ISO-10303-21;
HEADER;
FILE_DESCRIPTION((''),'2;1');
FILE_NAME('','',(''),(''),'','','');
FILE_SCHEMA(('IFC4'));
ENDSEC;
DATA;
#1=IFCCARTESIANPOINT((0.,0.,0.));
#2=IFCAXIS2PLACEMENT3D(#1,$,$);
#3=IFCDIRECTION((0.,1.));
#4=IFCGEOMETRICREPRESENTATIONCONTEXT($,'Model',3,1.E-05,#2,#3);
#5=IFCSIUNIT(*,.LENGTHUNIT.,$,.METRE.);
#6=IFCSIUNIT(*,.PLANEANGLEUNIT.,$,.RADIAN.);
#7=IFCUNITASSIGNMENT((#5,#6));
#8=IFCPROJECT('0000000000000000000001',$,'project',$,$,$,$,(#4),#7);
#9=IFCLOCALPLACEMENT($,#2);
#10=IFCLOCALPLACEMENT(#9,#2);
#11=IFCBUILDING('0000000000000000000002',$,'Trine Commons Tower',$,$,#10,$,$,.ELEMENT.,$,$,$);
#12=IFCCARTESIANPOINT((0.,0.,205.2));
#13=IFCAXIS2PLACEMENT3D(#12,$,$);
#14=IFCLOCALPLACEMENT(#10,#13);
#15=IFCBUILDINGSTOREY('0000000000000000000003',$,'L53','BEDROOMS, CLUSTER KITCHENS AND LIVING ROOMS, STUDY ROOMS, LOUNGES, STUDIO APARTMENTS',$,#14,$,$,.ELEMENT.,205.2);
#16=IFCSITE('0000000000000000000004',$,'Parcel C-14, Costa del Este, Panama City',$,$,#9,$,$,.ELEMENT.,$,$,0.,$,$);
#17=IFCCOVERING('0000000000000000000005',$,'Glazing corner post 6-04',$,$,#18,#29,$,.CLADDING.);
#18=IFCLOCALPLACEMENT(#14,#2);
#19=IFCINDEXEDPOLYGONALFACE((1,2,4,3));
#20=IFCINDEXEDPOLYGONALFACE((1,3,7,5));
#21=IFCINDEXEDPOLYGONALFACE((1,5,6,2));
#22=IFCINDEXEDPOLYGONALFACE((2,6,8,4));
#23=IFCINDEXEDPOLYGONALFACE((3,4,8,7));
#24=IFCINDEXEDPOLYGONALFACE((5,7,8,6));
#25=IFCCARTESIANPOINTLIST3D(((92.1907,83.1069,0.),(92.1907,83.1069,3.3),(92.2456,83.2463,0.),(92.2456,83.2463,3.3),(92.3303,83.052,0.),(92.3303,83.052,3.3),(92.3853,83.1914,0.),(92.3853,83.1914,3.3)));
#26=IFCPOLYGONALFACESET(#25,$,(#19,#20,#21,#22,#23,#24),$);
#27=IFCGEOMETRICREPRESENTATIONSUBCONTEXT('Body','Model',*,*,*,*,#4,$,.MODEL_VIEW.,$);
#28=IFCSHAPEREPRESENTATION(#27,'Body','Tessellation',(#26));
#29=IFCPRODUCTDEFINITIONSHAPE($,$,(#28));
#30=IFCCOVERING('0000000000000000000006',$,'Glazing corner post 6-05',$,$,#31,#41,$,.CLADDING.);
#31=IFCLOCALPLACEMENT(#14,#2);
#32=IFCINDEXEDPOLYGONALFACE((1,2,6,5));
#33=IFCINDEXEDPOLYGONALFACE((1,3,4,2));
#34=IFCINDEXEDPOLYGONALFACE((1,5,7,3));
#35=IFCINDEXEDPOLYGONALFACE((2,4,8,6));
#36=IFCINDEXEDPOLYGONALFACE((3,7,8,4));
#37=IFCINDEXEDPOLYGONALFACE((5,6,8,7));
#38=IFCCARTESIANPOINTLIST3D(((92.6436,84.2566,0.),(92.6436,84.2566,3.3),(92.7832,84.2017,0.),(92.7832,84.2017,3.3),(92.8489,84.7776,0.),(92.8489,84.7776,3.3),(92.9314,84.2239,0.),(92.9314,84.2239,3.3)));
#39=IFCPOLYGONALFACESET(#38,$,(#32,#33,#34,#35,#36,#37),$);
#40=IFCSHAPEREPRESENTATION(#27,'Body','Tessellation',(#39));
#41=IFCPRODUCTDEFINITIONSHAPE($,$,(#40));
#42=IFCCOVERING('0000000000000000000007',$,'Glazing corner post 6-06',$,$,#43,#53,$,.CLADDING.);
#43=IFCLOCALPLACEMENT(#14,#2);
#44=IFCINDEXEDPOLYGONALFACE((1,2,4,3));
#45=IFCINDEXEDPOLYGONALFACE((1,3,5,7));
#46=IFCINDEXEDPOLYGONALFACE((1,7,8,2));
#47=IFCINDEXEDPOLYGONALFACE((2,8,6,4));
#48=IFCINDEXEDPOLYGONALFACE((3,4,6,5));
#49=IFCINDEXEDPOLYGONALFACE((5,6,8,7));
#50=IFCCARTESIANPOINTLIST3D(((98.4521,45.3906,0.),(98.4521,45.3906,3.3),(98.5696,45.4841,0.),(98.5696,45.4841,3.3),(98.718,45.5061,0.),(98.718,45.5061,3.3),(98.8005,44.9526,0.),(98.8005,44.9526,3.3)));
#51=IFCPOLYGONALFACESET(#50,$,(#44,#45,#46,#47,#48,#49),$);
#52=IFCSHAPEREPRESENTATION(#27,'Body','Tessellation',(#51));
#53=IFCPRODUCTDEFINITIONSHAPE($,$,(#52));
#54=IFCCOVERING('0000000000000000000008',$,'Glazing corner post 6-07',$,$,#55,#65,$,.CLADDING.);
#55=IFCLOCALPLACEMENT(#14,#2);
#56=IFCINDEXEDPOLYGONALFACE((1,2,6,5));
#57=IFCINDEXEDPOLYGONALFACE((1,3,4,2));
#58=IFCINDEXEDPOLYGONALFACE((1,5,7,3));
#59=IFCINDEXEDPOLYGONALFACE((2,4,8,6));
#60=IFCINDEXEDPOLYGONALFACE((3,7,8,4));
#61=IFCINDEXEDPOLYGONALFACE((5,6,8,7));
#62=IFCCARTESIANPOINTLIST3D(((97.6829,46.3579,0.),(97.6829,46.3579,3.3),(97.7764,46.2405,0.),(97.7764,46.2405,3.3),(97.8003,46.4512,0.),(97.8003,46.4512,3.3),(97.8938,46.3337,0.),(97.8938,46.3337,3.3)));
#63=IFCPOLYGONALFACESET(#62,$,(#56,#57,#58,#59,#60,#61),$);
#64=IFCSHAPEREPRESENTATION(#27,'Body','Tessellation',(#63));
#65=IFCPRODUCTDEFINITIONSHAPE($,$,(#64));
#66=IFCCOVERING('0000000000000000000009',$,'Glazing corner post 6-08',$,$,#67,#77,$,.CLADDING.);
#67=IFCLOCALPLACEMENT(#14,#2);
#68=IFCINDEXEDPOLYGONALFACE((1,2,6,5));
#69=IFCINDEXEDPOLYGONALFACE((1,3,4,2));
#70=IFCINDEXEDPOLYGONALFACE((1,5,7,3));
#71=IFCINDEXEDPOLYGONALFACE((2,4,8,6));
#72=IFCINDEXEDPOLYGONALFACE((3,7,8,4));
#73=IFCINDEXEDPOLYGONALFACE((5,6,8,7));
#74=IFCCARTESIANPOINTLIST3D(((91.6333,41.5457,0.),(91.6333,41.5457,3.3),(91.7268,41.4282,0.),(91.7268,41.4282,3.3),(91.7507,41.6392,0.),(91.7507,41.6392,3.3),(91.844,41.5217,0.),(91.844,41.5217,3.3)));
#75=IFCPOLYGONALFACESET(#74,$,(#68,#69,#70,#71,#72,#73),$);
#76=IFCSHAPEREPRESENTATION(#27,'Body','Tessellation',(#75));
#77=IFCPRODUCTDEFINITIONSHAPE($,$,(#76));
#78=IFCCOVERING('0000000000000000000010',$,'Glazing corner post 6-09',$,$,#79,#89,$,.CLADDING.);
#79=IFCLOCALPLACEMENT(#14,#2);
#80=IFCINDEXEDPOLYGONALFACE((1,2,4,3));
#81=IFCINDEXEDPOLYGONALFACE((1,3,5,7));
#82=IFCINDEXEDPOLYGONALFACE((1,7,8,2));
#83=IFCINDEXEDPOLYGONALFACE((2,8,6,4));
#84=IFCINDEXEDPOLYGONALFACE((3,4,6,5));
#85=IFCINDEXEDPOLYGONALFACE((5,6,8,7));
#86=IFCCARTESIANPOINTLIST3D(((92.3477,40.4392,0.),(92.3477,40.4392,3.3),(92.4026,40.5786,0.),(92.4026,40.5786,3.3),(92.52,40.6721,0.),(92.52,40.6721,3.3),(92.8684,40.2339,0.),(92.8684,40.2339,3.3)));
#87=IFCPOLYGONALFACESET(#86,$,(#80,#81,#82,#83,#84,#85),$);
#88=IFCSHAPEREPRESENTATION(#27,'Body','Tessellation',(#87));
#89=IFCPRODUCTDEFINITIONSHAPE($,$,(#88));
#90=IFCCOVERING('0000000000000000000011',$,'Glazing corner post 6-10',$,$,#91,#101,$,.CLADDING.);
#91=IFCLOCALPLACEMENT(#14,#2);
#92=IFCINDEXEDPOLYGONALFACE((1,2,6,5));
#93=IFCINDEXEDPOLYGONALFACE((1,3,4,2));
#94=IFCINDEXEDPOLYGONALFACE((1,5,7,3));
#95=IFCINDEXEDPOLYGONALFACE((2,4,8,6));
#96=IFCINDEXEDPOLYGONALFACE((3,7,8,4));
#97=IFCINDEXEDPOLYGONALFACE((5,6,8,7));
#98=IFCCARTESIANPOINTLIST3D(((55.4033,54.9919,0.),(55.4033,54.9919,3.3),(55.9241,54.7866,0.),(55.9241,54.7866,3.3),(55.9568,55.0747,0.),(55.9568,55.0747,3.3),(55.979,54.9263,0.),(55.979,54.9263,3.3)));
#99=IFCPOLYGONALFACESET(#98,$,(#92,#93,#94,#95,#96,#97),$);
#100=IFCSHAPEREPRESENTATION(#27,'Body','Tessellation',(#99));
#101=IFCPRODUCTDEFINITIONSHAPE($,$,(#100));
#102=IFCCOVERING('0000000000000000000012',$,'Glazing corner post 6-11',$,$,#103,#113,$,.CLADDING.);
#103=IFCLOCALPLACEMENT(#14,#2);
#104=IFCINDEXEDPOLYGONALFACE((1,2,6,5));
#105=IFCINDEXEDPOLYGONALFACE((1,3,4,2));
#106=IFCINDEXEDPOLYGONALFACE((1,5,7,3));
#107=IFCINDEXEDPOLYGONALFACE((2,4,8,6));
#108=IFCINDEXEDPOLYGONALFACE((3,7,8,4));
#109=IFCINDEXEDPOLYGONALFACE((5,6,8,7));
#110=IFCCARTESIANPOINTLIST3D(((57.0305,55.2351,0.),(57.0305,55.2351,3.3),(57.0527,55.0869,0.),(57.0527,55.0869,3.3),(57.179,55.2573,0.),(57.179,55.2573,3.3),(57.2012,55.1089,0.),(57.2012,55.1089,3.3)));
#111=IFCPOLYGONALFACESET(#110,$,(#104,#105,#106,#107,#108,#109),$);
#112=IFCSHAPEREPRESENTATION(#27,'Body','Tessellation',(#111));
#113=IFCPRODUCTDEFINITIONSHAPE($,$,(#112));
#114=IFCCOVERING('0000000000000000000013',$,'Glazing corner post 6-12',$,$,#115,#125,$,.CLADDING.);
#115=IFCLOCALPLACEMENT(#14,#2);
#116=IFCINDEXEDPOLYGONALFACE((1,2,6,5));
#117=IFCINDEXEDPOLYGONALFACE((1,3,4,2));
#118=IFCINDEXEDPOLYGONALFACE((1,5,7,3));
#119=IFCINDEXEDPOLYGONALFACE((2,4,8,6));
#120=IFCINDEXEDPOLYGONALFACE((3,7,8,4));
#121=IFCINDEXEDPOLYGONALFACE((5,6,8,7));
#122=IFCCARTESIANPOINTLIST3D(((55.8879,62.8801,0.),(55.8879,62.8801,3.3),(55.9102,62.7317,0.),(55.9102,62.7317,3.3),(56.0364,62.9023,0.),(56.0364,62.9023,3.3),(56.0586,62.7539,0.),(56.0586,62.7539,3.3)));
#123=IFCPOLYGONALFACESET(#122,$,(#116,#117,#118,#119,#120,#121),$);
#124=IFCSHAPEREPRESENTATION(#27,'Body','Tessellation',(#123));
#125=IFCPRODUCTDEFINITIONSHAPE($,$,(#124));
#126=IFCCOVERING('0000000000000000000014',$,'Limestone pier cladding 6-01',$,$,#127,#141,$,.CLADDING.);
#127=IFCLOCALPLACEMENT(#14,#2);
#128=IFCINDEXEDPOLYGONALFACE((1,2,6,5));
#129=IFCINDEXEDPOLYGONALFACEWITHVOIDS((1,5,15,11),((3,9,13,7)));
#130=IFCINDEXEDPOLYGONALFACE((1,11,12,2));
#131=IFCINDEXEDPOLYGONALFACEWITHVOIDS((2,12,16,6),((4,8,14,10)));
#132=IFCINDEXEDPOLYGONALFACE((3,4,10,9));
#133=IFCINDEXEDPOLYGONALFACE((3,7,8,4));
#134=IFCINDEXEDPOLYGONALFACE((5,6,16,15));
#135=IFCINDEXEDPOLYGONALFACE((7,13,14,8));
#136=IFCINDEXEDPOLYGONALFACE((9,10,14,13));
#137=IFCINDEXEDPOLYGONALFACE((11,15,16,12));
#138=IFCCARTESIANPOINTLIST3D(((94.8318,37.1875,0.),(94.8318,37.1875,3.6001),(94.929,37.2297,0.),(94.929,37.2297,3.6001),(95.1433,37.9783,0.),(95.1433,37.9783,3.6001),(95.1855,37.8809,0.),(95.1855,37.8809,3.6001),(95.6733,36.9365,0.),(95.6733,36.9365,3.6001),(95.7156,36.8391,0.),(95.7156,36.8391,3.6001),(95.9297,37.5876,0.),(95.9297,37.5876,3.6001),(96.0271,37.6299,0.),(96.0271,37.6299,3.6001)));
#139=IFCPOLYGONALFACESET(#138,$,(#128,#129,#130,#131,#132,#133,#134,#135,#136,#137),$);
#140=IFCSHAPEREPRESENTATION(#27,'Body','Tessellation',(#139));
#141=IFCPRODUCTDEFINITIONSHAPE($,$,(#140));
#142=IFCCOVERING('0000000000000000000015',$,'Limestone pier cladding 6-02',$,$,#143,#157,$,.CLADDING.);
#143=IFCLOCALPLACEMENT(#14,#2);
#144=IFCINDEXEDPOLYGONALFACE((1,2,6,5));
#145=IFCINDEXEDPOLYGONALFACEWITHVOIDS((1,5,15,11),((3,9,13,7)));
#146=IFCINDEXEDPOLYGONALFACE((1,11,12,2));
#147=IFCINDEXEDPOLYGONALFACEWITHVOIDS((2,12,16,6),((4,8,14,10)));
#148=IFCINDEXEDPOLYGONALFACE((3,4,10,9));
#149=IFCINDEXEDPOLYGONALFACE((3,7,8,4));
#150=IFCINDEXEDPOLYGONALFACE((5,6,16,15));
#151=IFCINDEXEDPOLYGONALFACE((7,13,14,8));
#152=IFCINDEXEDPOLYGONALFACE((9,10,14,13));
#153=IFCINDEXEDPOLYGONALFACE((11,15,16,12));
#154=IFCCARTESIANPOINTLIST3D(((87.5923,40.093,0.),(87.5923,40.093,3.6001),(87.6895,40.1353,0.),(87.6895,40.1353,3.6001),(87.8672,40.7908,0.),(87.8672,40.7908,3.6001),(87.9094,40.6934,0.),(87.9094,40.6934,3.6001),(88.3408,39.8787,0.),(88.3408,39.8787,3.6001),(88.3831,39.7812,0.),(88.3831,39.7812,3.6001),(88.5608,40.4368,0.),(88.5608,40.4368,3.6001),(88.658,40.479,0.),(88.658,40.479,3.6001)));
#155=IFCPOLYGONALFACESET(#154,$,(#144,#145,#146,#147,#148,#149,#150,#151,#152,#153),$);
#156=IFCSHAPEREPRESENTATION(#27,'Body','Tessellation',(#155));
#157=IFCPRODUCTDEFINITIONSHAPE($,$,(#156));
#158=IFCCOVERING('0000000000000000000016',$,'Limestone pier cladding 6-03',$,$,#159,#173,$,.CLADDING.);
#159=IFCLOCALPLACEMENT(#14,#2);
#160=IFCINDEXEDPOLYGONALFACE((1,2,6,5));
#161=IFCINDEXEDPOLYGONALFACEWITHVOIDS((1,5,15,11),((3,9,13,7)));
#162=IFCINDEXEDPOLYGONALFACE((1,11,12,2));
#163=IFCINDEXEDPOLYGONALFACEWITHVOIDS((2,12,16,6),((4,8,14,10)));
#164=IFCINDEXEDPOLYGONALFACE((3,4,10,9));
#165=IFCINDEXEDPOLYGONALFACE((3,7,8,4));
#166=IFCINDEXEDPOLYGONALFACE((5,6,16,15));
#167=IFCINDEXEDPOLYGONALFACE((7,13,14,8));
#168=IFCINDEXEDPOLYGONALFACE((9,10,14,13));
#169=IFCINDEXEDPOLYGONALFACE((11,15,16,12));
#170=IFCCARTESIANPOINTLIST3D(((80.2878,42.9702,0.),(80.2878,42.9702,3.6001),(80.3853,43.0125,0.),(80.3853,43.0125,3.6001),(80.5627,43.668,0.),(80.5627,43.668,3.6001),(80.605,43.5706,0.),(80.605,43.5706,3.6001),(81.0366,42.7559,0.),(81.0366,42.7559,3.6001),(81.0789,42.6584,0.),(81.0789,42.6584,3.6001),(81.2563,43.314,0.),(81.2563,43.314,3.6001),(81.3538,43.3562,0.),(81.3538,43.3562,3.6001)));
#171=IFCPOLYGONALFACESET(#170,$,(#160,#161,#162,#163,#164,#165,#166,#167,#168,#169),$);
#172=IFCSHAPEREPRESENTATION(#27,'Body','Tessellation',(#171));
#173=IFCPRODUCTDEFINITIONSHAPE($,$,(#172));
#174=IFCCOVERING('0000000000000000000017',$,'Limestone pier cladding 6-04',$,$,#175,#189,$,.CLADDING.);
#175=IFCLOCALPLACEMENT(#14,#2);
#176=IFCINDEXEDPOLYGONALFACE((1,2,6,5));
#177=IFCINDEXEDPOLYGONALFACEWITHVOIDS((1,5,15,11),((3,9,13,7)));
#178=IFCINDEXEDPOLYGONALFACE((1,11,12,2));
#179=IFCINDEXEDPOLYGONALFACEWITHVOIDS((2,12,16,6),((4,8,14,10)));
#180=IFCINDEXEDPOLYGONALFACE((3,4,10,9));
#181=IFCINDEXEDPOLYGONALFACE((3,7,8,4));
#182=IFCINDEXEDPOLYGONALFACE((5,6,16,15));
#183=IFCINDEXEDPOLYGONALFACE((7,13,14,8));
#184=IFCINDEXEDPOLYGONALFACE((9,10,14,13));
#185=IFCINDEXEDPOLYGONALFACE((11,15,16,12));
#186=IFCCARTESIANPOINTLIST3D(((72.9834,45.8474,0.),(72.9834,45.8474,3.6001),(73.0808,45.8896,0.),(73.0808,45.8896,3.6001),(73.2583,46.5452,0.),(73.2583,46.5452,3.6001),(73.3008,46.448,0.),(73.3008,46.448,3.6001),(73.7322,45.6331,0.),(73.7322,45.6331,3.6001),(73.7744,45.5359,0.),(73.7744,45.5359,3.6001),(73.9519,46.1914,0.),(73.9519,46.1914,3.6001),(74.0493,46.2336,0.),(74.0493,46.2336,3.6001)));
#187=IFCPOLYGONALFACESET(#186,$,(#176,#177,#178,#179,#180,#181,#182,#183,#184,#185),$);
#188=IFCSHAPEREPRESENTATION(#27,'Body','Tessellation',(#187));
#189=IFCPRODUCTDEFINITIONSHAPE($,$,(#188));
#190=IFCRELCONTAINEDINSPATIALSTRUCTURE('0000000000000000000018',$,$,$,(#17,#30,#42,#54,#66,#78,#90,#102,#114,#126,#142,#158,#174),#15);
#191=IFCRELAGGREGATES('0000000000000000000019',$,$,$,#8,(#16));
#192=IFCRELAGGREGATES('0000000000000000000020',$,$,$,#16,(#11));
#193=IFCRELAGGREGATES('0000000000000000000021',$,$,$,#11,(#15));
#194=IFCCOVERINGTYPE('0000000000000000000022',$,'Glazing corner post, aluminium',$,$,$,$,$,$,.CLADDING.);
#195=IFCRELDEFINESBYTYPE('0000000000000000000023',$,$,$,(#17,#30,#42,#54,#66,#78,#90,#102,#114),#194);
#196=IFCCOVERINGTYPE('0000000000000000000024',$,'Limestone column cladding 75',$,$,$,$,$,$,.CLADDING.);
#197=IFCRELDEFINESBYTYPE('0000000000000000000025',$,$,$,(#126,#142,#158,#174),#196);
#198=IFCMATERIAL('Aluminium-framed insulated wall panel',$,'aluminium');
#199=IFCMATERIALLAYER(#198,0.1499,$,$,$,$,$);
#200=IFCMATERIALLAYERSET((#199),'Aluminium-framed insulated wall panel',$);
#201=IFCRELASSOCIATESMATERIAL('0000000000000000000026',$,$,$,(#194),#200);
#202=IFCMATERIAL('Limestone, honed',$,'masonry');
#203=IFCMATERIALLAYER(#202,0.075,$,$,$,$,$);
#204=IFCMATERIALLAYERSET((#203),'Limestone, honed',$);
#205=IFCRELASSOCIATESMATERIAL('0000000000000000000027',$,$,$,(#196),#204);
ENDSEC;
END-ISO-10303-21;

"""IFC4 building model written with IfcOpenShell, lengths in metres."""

from ifc_helpers import new_model, si_unit, direction, frame, origin, place, context, subcontext, project, spatial, polyline, outline, extrude, material, layer, layer_set, type_object, element, save


model = new_model("IFC4")

# Units and contexts
model_context = context("Model", 3, precision=1e-05, world=origin(), true_north=direction((0.0, 1.0)))
body_context = subcontext(model_context, "Body", "Model", "MODEL_VIEW")
ifc_project = project(units=[si_unit("LENGTHUNIT", "METRE"), si_unit("PLANEANGLEUNIT", "RADIAN")], contexts=[model_context])

# Site, building, storey
site_placement = place(None, origin())
site = spatial("IfcSite", under=ifc_project, at=site_placement, Name="Parcel C-14, Costa del Este, Panama City", CompositionType="ELEMENT", RefElevation=0.0)
building_placement = place(site_placement, origin())
building = spatial("IfcBuilding", under=site, at=building_placement, Name="Trine Commons Tower", CompositionType="ELEMENT")
storey_placement = place(building_placement, frame((0.0, 0.0, 205.2)))
storey = spatial("IfcBuildingStorey", under=building, at=storey_placement, Name="L53", Description="BEDROOMS, CLUSTER KITCHENS AND LIVING ROOMS, STUDY ROOMS, LOUNGES, STUDIO APARTMENTS", CompositionType="ELEMENT", Elevation=205.2)

# Coverings
ifc_material_1 = material(Name="Aluminium-framed insulated wall panel", Category="aluminium")
ifc_layer_1 = layer(ifc_material_1, 0.1499)
ifc_layer_set_1 = layer_set([ifc_layer_1], Name="Aluminium-framed insulated wall panel")
covering_type_1 = type_object("IfcCoveringType", Name="Glazing corner post, aluminium", PredefinedType="CLADDING", material=ifc_layer_set_1)
covering_1_placement = place(storey_placement, origin())
element("IfcCovering", 1, at=covering_1_placement, inside=storey, type_object=covering_type_1, Name="Glazing corner post 6-04", PredefinedType="CLADDING", context=body_context, shape_type="SweptSolid", body=[
    extrude(outline(polyline([(92.1907, 83.1069), (92.3303, 83.052), (92.3853, 83.1914), (92.2456, 83.2463), (92.1907, 83.1069)])), origin(), (0.0, 0.0, 1.0), 3.3),
])
covering_2_placement = place(storey_placement, origin())
element("IfcCovering", 2, at=covering_2_placement, inside=storey, type_object=covering_type_1, Name="Glazing corner post 6-05", PredefinedType="CLADDING", context=body_context, shape_type="SweptSolid", body=[
    extrude(outline(polyline([(92.6436, 84.2566), (92.7832, 84.2017), (92.9314, 84.2239), (92.8489, 84.7776), (92.6436, 84.2566)])), origin(), (0.0, 0.0, 1.0), 3.3),
])
covering_3_placement = place(storey_placement, origin())
element("IfcCovering", 3, at=covering_3_placement, inside=storey, type_object=covering_type_1, Name="Glazing corner post 6-06", PredefinedType="CLADDING", context=body_context, shape_type="SweptSolid", body=[
    extrude(outline(polyline([(98.4521, 45.3906), (98.8005, 44.9526), (98.718, 45.5061), (98.5696, 45.4841), (98.4521, 45.3906)])), origin(), (0.0, 0.0, 1.0), 3.3),
])
covering_4_placement = place(storey_placement, origin())
element("IfcCovering", 4, at=covering_4_placement, inside=storey, type_object=covering_type_1, Name="Glazing corner post 6-07", PredefinedType="CLADDING", context=body_context, shape_type="SweptSolid", body=[
    extrude(outline(polyline([(97.6829, 46.3579), (97.7764, 46.2405), (97.7764, 46.2405), (97.8938, 46.3337), (97.8003, 46.4512), (97.8003, 46.4512), (97.6829, 46.3579)])), origin(), (0.0, 0.0, 1.0), 3.3),
])
covering_5_placement = place(storey_placement, origin())
element("IfcCovering", 5, at=covering_5_placement, inside=storey, type_object=covering_type_1, Name="Glazing corner post 6-08", PredefinedType="CLADDING", context=body_context, shape_type="SweptSolid", body=[
    extrude(outline(polyline([(91.7268, 41.4282), (91.844, 41.5217), (91.7507, 41.6392), (91.6333, 41.5457), (91.7268, 41.4282)])), origin(), (0.0, 0.0, 1.0), 3.3),
])
covering_6_placement = place(storey_placement, origin())
element("IfcCovering", 6, at=covering_6_placement, inside=storey, type_object=covering_type_1, Name="Glazing corner post 6-09", PredefinedType="CLADDING", context=body_context, shape_type="SweptSolid", body=[
    extrude(outline(polyline([(92.3477, 40.4392), (92.8684, 40.2339), (92.52, 40.6721), (92.4026, 40.5786), (92.3477, 40.4392)])), origin(), (0.0, 0.0, 1.0), 3.3),
])
covering_7_placement = place(storey_placement, origin())
element("IfcCovering", 7, at=covering_7_placement, inside=storey, type_object=covering_type_1, Name="Glazing corner post 6-10", PredefinedType="CLADDING", context=body_context, shape_type="SweptSolid", body=[
    extrude(outline(polyline([(55.9241, 54.7866), (55.979, 54.9263), (55.9568, 55.0747), (55.4033, 54.9919), (55.9241, 54.7866)])), origin(), (0.0, 0.0, 1.0), 3.3),
])
covering_8_placement = place(storey_placement, origin())
element("IfcCovering", 8, at=covering_8_placement, inside=storey, type_object=covering_type_1, Name="Glazing corner post 6-11", PredefinedType="CLADDING", context=body_context, shape_type="SweptSolid", body=[
    extrude(outline(polyline([(57.0305, 55.2351), (57.0527, 55.0869), (57.2012, 55.1089), (57.179, 55.2573), (57.0305, 55.2351)])), origin(), (0.0, 0.0, 1.0), 3.3),
])
covering_9_placement = place(storey_placement, origin())
element("IfcCovering", 9, at=covering_9_placement, inside=storey, type_object=covering_type_1, Name="Glazing corner post 6-12", PredefinedType="CLADDING", context=body_context, shape_type="SweptSolid", body=[
    extrude(outline(polyline([(55.9102, 62.7317), (55.9102, 62.7317), (56.0586, 62.7539), (56.0364, 62.9023), (55.8879, 62.8801), (55.9102, 62.7317)])), origin(), (0.0, 0.0, 1.0), 3.3),
])
ifc_material_2 = material(Name="Limestone, honed", Category="masonry")
ifc_layer_2 = layer(ifc_material_2, 0.075)
ifc_layer_set_2 = layer_set([ifc_layer_2], Name="Limestone, honed")
covering_type_2 = type_object("IfcCoveringType", Name="Limestone column cladding 75", PredefinedType="CLADDING", material=ifc_layer_set_2)
covering_10_placement = place(storey_placement, origin())
element("IfcCovering", 10, at=covering_10_placement, inside=storey, type_object=covering_type_2, Name="Limestone pier cladding 6-01", PredefinedType="CLADDING", context=body_context, shape_type="SweptSolid", body=[
    extrude(outline(polyline([(95.1433, 37.9783), (94.8318, 37.1875), (95.7156, 36.8391), (96.0271, 37.6299), (95.1433, 37.9783)]), holes=[polyline([(95.1855, 37.8809), (94.929, 37.2297), (95.6733, 36.9365), (95.9297, 37.5876), (95.1855, 37.8809)])]), origin(), (0.0, 0.0, 1.0), 3.6001),
])
covering_11_placement = place(storey_placement, origin())
element("IfcCovering", 11, at=covering_11_placement, inside=storey, type_object=covering_type_2, Name="Limestone pier cladding 6-02", PredefinedType="CLADDING", context=body_context, shape_type="SweptSolid", body=[
    extrude(outline(polyline([(87.8672, 40.7908), (87.5923, 40.093), (88.3831, 39.7812), (88.658, 40.479), (87.8672, 40.7908)]), holes=[polyline([(87.9094, 40.6934), (87.6895, 40.1353), (88.3408, 39.8787), (88.5608, 40.4368), (87.9094, 40.6934)])]), origin(), (0.0, 0.0, 1.0), 3.6001),
])
covering_12_placement = place(storey_placement, origin())
element("IfcCovering", 12, at=covering_12_placement, inside=storey, type_object=covering_type_2, Name="Limestone pier cladding 6-03", PredefinedType="CLADDING", context=body_context, shape_type="SweptSolid", body=[
    extrude(outline(polyline([(80.5627, 43.668), (80.2878, 42.9702), (81.0789, 42.6584), (81.3538, 43.3562), (80.5627, 43.668)]), holes=[polyline([(80.605, 43.5706), (80.3853, 43.0125), (81.0366, 42.7559), (81.2563, 43.314), (80.605, 43.5706)])]), origin(), (0.0, 0.0, 1.0), 3.6001),
])
covering_13_placement = place(storey_placement, origin())
element("IfcCovering", 13, at=covering_13_placement, inside=storey, type_object=covering_type_2, Name="Limestone pier cladding 6-04", PredefinedType="CLADDING", context=body_context, shape_type="SweptSolid", body=[
    extrude(outline(polyline([(73.2583, 46.5452), (72.9834, 45.8474), (73.7744, 45.5359), (74.0493, 46.2336), (73.2583, 46.5452)]), holes=[polyline([(73.3008, 46.448), (73.0808, 45.8896), (73.7322, 45.6331), (73.9519, 46.1914), (73.3008, 46.448)])]), origin(), (0.0, 0.0, 1.0), 3.6001),
])

save(model, "model.ifc")
